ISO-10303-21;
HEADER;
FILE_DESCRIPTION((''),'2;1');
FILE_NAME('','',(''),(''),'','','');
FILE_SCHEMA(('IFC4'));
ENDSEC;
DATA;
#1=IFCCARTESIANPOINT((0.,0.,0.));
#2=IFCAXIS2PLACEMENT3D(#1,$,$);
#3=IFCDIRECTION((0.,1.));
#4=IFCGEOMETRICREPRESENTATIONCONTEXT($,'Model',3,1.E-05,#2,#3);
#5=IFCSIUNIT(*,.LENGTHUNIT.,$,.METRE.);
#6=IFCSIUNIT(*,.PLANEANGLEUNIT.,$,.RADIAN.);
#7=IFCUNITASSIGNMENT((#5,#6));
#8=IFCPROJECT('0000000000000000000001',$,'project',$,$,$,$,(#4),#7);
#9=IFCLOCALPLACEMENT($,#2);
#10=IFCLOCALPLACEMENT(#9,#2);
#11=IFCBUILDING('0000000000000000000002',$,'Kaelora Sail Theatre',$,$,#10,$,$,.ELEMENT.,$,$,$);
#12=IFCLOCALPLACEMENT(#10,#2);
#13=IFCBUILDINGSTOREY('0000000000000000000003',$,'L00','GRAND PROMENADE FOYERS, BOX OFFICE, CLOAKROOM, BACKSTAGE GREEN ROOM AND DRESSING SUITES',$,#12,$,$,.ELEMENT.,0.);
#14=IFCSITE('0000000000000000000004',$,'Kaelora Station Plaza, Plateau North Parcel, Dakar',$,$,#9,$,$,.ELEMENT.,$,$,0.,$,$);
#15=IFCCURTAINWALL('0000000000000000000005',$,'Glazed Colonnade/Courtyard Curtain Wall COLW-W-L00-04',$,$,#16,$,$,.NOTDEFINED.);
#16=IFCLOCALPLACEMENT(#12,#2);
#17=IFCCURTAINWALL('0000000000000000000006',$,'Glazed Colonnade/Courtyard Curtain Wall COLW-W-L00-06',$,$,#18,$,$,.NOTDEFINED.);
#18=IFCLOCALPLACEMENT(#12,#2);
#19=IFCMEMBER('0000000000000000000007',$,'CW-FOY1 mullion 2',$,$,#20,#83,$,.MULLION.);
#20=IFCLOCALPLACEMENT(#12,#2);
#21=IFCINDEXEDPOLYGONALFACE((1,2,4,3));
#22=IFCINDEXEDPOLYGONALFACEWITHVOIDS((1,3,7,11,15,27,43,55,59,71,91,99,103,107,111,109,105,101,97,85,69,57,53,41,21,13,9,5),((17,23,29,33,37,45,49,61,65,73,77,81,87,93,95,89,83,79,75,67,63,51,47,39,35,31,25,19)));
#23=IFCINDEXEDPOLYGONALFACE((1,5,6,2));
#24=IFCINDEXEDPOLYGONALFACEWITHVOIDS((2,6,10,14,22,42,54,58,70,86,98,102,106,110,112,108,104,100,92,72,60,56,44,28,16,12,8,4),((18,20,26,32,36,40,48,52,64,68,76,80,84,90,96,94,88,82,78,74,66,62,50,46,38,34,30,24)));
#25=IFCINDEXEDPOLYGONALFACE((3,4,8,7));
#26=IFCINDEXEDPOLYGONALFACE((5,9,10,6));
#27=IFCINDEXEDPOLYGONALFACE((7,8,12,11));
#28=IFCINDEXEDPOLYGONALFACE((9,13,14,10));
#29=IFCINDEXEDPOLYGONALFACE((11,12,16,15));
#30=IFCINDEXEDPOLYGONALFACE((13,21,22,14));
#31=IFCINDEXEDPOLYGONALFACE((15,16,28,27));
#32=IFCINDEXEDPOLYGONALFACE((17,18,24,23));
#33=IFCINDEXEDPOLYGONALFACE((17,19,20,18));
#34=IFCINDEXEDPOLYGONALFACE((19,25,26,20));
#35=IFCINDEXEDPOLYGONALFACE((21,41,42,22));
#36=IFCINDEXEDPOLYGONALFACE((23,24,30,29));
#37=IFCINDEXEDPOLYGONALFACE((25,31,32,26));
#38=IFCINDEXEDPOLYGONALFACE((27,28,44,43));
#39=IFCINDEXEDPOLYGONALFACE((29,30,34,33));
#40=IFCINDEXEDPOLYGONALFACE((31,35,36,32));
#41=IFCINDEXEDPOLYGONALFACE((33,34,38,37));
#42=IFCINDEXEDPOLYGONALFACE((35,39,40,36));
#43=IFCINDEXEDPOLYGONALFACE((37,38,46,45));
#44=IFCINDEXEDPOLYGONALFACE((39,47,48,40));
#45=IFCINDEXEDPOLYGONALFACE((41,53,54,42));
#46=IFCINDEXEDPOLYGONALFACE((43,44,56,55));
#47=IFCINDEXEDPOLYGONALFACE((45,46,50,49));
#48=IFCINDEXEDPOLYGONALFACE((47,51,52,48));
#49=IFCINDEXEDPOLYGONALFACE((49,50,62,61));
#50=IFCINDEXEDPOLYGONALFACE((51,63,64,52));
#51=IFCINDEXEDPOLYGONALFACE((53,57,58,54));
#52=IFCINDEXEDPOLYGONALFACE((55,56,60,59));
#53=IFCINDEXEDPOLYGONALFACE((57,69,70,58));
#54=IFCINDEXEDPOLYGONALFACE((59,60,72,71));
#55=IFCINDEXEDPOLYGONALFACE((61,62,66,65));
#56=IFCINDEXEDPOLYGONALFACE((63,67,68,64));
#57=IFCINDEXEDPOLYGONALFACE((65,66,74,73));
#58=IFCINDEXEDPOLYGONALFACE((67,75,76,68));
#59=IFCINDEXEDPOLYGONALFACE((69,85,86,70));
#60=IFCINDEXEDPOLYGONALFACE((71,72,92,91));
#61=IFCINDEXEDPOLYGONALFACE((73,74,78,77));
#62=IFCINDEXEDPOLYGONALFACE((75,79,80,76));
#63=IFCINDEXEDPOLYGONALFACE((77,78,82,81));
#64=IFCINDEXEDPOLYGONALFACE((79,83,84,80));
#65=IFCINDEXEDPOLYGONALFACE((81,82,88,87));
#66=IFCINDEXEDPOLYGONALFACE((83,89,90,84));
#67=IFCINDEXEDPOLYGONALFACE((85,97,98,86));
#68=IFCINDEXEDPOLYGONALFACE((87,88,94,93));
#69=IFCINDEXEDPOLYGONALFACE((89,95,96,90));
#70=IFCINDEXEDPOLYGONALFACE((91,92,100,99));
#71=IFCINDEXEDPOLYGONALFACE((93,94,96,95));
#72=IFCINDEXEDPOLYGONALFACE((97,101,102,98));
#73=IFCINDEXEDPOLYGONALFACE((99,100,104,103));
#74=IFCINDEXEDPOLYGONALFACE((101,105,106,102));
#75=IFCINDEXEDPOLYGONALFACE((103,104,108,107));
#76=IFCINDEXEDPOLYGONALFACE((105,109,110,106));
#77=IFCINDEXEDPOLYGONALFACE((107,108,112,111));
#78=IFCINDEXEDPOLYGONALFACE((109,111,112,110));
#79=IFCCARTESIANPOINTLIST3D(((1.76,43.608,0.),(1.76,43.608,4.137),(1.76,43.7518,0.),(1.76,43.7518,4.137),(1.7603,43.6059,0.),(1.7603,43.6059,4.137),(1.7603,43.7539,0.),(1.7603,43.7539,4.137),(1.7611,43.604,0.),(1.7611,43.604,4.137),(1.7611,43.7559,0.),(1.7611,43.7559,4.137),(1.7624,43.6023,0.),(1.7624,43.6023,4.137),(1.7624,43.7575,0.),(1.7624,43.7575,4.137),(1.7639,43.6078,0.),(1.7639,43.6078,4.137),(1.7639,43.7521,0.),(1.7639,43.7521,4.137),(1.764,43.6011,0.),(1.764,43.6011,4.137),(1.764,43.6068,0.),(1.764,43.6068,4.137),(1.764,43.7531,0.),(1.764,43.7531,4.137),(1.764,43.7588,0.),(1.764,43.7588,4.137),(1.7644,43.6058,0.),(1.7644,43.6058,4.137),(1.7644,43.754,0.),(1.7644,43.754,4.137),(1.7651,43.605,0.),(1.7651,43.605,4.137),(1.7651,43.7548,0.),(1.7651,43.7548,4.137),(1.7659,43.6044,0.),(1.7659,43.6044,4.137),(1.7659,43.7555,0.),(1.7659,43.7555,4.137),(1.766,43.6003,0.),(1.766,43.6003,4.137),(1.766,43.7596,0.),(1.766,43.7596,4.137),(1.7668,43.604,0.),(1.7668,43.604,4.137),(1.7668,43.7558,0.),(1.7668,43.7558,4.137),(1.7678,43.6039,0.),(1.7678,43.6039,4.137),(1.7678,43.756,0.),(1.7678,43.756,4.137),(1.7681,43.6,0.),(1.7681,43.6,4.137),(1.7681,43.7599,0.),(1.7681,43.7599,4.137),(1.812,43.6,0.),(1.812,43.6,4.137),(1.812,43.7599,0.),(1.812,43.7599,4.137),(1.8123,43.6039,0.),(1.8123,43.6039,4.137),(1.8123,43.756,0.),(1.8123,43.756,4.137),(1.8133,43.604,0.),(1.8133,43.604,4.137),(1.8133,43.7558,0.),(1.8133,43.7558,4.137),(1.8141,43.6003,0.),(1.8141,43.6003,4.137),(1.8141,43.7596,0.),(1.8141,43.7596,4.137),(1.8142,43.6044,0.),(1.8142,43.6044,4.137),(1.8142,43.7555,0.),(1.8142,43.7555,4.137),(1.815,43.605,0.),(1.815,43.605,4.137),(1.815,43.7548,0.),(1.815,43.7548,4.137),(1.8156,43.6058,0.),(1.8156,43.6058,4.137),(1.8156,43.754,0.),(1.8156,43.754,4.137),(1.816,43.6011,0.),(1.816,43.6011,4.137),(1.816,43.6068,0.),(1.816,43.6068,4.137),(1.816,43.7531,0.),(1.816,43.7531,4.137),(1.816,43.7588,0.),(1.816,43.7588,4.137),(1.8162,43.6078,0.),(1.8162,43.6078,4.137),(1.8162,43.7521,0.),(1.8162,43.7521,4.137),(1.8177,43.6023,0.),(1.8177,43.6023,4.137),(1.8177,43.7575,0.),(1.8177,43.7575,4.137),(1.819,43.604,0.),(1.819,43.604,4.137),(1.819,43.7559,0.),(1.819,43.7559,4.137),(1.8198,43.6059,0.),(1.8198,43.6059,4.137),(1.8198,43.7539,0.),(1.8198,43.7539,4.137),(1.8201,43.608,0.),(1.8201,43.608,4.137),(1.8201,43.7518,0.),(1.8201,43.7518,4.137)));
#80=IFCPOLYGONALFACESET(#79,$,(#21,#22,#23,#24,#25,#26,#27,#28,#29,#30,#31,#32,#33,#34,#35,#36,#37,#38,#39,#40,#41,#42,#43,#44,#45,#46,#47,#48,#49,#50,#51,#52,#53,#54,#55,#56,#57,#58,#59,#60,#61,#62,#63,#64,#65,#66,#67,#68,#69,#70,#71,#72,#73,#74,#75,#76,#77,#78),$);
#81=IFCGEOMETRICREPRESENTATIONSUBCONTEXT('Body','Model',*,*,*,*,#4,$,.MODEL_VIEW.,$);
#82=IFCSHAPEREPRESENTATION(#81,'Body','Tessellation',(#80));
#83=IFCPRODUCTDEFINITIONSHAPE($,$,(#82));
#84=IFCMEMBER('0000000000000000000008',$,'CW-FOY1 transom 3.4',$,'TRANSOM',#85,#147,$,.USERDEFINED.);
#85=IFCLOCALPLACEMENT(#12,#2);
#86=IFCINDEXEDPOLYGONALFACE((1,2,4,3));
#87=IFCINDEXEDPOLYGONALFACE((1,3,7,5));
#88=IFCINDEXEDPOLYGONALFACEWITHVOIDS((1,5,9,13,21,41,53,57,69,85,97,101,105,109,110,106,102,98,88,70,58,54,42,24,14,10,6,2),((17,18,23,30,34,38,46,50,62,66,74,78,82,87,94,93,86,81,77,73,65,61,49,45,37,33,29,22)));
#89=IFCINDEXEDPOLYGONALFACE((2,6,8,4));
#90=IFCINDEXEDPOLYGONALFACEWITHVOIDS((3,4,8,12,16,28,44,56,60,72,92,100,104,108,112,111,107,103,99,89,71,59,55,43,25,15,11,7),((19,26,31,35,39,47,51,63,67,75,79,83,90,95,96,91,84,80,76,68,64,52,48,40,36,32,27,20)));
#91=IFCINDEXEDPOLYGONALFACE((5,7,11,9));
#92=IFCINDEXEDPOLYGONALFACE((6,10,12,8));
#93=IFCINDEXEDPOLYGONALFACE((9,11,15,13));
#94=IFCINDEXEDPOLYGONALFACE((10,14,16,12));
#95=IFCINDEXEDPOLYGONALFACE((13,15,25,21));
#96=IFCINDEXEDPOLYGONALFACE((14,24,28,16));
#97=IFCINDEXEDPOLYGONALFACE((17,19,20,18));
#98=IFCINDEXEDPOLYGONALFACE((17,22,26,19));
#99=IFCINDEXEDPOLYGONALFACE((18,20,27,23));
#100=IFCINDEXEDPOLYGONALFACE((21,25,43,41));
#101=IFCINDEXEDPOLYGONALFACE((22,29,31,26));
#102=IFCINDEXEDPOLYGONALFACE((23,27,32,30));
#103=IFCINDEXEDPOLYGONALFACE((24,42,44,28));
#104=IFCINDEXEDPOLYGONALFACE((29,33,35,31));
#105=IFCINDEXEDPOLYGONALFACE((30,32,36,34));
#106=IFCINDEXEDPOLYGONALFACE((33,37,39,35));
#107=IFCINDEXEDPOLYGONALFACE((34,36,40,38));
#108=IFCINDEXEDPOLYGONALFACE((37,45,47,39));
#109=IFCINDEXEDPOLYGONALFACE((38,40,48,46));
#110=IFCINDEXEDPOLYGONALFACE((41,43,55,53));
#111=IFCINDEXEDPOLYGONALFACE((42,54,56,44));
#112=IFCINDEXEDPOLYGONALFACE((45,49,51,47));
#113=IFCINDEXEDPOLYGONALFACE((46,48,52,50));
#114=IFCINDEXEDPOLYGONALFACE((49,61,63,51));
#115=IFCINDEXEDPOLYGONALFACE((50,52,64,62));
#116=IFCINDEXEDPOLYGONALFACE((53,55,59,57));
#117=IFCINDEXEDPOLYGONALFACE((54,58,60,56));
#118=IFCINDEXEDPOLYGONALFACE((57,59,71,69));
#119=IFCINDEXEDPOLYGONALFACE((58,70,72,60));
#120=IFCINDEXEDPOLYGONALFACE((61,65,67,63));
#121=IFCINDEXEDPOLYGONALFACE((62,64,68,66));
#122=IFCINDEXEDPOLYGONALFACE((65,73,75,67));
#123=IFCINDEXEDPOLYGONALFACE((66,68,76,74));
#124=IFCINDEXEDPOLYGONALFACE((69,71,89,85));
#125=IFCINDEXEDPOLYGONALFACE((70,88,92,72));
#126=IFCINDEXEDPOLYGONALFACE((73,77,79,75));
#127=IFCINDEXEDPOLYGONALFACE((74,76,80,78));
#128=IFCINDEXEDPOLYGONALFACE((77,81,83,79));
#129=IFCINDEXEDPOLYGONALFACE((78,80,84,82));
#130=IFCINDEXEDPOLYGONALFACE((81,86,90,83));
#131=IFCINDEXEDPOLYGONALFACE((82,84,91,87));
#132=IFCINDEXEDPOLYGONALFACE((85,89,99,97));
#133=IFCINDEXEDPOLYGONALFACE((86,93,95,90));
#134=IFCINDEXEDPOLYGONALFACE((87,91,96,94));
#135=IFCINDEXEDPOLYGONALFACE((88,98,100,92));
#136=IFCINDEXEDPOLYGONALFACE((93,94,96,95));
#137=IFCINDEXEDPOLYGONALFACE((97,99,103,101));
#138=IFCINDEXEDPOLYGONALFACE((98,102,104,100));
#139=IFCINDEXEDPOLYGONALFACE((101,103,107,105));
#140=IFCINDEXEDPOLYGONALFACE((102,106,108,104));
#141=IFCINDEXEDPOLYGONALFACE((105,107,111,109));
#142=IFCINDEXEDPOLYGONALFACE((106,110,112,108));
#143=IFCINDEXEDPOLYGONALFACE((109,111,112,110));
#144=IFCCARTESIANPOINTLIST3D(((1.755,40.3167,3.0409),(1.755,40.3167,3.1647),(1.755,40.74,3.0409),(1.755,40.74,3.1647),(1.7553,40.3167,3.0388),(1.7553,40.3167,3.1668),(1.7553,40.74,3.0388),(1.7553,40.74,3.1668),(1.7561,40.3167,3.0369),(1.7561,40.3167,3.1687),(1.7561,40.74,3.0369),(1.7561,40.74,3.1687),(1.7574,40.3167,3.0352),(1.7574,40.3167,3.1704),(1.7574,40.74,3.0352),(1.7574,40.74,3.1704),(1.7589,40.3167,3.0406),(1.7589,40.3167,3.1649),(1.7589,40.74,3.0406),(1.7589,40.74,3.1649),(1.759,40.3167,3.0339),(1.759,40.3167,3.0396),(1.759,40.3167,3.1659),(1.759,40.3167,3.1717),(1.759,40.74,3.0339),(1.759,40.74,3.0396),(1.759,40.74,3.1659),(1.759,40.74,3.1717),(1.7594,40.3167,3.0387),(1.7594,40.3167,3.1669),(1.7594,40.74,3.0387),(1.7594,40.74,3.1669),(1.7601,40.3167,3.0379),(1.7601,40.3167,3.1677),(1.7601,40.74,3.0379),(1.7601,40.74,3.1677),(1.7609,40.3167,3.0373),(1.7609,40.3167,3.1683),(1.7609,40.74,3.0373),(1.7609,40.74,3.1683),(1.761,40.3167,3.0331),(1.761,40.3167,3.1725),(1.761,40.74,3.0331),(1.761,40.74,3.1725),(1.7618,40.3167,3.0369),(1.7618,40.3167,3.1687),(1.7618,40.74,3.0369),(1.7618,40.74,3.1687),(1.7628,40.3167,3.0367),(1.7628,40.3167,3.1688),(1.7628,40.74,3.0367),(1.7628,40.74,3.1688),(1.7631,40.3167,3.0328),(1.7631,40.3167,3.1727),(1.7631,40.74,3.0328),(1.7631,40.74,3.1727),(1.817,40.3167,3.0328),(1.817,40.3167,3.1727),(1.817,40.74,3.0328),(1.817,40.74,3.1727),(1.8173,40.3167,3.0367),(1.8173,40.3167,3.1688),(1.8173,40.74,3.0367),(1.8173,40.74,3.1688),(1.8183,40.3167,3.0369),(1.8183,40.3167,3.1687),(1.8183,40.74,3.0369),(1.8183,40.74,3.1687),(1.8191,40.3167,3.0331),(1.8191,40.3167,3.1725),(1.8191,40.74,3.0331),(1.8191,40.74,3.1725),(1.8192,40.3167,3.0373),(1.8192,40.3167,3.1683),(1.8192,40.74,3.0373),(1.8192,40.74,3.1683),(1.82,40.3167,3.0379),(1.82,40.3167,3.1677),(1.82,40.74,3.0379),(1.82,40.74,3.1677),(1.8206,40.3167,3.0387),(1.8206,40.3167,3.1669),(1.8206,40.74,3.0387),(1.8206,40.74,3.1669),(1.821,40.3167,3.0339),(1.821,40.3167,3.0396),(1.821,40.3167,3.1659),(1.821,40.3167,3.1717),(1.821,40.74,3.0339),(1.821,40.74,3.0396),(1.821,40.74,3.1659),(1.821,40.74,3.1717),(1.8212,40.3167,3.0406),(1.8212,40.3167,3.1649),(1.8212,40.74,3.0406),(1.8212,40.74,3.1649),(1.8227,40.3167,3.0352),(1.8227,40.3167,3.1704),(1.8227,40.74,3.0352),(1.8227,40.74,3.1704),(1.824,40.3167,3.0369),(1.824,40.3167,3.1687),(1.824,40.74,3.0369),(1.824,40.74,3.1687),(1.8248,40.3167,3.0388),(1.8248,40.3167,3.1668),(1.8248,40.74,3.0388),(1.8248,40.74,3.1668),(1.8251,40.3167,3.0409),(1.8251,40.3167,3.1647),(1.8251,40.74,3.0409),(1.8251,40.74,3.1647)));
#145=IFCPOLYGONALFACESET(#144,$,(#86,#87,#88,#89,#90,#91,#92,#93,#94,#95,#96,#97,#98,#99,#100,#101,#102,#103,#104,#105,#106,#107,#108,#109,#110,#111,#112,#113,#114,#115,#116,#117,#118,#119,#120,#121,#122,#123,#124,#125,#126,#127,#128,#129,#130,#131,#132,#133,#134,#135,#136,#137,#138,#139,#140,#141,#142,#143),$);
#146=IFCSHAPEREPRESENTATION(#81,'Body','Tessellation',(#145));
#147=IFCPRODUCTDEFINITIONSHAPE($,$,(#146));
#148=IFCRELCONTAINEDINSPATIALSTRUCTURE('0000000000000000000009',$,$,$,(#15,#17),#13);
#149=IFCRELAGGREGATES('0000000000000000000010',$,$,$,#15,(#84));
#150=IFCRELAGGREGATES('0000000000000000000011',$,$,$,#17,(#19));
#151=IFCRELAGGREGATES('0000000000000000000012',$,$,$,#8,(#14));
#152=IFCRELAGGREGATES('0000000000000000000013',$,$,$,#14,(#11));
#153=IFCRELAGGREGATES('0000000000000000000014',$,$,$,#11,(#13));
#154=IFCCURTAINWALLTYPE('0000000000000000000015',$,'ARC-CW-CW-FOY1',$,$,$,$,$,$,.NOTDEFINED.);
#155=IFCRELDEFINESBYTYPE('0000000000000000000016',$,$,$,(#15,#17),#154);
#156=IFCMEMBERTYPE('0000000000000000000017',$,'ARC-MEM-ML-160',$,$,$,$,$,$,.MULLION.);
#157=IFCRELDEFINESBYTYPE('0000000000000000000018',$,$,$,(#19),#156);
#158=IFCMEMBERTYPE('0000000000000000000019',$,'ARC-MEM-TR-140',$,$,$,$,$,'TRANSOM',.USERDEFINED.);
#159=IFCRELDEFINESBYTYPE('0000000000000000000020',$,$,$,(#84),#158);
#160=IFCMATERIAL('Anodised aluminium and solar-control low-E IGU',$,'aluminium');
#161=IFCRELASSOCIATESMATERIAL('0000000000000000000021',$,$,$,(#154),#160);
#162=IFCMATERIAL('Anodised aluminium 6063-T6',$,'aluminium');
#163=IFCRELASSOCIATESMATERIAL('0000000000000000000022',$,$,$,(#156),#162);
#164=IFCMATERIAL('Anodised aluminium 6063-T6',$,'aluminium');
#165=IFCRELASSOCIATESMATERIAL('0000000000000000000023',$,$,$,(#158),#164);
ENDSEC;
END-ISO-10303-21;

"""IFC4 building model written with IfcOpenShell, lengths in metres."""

from ifc_helpers import new_model, si_unit, direction, frame, origin, origin_2d, place, context, subcontext, project, spatial, hollow_rectangle, extrude, material, material_profile, profile_set, type_object, element, aggregate, save


model = new_model("IFC4")

# Units and contexts
model_context = context("Model", 3, precision=1e-05, world=origin(), true_north=direction((0.0, 1.0)))
body_context = subcontext(model_context, "Body", "Model", "MODEL_VIEW")
ifc_project = project(units=[si_unit("LENGTHUNIT", "METRE"), si_unit("PLANEANGLEUNIT", "RADIAN")], contexts=[model_context])

# Site, building, storey
site_placement = place(None, origin())
site = spatial("IfcSite", under=ifc_project, at=site_placement, Name="Kaelora Station Plaza, Plateau North Parcel, Dakar", CompositionType="ELEMENT", RefElevation=0.0)
building_placement = place(site_placement, origin())
building = spatial("IfcBuilding", under=site, at=building_placement, Name="Kaelora Sail Theatre", CompositionType="ELEMENT")
storey_placement = place(building_placement, origin())
storey = spatial("IfcBuildingStorey", under=building, at=storey_placement, Name="L00", Description="GRAND PROMENADE FOYERS, BOX OFFICE, CLOAKROOM, BACKSTAGE GREEN ROOM AND DRESSING SUITES", CompositionType="ELEMENT", Elevation=0.0)

# Curtain wall
ifc_material_1 = material(Name="Anodised aluminium and solar-control low-E IGU", Category="aluminium")
curtain_wall_type = type_object("IfcCurtainWallType", Name="ARC-CW-CW-FOY1", PredefinedType="NOTDEFINED", material=ifc_material_1)
curtain_wall_1_placement = place(storey_placement, origin())
curtain_wall_1 = element("IfcCurtainWall", 1, at=curtain_wall_1_placement, inside=storey, type_object=curtain_wall_type, Name="Glazed Colonnade/Courtyard Curtain Wall COLW-W-L00-04", PredefinedType="NOTDEFINED")
ifc_material_2 = material(Name="Anodised aluminium 6063-T6", Category="aluminium")
ifc_material_profile_1 = material_profile(ifc_material_2, hollow_rectangle(XDim=0.0601, YDim=0.1599, WallThickness=0.0039, InnerFilletRadius=0.0039, OuterFilletRadius=0.0081, at=origin_2d()), Name="ALU-MULL 60x160x4")
ifc_profile_set_1 = profile_set([ifc_material_profile_1], Name="Anodised aluminium 6063-T6")
member_type_1 = type_object("IfcMemberType", Name="ARC-MEM-ML-160", PredefinedType="MULLION", material=ifc_profile_set_1)

# Curtain wall, member
curtain_wall_2_placement = place(storey_placement, origin())
curtain_wall_2 = element("IfcCurtainWall", 2, at=curtain_wall_2_placement, inside=storey, type_object=curtain_wall_type, Name="Glazed Colonnade/Courtyard Curtain Wall COLW-W-L00-06", PredefinedType="NOTDEFINED")
member_1_placement = place(storey_placement, frame((1.79, 43.6799, 0.0), z_axis=(0.0, 0.0, 1.0), x_axis=(-1.0, 0.0, 0.0)))
member_1 = element("IfcMember", 3, at=member_1_placement, type_object=member_type_1, Name="CW-FOY1 mullion 2", PredefinedType="MULLION", context=body_context, shape_type="SweptSolid", body=[
    extrude(hollow_rectangle(XDim=0.0601, YDim=0.1599, WallThickness=0.0039, InnerFilletRadius=0.0039, OuterFilletRadius=0.0081, at=origin_2d()), origin(), (0.0, 0.0, 1.0), 4.137),
])

# Member
ifc_material_3 = material(Name="Anodised aluminium 6063-T6", Category="aluminium")
ifc_material_profile_2 = material_profile(ifc_material_3, hollow_rectangle(XDim=0.0701, YDim=0.1399, WallThickness=0.0039, InnerFilletRadius=0.0039, OuterFilletRadius=0.0081, at=origin_2d()), Name="ALU-TRAN 70x140x4")
ifc_profile_set_2 = profile_set([ifc_material_profile_2], Name="Anodised aluminium 6063-T6")
member_type_2 = type_object("IfcMemberType", Name="ARC-MEM-TR-140", ElementType="TRANSOM", PredefinedType="USERDEFINED", material=ifc_profile_set_2)
member_2_placement = place(storey_placement, frame((1.79, 40.3167, 3.1028), z_axis=(0.0, 1.0, 0.0), x_axis=(-1.0, 0.0, 0.0)))
member_2 = element("IfcMember", 4, at=member_2_placement, type_object=member_type_2, Name="CW-FOY1 transom 3.4", ObjectType="TRANSOM", PredefinedType="USERDEFINED", context=body_context, shape_type="SweptSolid", body=[
    extrude(hollow_rectangle(XDim=0.0701, YDim=0.1399, WallThickness=0.0039, InnerFilletRadius=0.0039, OuterFilletRadius=0.0081, at=origin_2d()), origin(), (0.0, 0.0, 1.0), 0.4233),
])

aggregate(curtain_wall_1, [member_2])
aggregate(curtain_wall_2, [member_1])

save(model, "model.ifc")
